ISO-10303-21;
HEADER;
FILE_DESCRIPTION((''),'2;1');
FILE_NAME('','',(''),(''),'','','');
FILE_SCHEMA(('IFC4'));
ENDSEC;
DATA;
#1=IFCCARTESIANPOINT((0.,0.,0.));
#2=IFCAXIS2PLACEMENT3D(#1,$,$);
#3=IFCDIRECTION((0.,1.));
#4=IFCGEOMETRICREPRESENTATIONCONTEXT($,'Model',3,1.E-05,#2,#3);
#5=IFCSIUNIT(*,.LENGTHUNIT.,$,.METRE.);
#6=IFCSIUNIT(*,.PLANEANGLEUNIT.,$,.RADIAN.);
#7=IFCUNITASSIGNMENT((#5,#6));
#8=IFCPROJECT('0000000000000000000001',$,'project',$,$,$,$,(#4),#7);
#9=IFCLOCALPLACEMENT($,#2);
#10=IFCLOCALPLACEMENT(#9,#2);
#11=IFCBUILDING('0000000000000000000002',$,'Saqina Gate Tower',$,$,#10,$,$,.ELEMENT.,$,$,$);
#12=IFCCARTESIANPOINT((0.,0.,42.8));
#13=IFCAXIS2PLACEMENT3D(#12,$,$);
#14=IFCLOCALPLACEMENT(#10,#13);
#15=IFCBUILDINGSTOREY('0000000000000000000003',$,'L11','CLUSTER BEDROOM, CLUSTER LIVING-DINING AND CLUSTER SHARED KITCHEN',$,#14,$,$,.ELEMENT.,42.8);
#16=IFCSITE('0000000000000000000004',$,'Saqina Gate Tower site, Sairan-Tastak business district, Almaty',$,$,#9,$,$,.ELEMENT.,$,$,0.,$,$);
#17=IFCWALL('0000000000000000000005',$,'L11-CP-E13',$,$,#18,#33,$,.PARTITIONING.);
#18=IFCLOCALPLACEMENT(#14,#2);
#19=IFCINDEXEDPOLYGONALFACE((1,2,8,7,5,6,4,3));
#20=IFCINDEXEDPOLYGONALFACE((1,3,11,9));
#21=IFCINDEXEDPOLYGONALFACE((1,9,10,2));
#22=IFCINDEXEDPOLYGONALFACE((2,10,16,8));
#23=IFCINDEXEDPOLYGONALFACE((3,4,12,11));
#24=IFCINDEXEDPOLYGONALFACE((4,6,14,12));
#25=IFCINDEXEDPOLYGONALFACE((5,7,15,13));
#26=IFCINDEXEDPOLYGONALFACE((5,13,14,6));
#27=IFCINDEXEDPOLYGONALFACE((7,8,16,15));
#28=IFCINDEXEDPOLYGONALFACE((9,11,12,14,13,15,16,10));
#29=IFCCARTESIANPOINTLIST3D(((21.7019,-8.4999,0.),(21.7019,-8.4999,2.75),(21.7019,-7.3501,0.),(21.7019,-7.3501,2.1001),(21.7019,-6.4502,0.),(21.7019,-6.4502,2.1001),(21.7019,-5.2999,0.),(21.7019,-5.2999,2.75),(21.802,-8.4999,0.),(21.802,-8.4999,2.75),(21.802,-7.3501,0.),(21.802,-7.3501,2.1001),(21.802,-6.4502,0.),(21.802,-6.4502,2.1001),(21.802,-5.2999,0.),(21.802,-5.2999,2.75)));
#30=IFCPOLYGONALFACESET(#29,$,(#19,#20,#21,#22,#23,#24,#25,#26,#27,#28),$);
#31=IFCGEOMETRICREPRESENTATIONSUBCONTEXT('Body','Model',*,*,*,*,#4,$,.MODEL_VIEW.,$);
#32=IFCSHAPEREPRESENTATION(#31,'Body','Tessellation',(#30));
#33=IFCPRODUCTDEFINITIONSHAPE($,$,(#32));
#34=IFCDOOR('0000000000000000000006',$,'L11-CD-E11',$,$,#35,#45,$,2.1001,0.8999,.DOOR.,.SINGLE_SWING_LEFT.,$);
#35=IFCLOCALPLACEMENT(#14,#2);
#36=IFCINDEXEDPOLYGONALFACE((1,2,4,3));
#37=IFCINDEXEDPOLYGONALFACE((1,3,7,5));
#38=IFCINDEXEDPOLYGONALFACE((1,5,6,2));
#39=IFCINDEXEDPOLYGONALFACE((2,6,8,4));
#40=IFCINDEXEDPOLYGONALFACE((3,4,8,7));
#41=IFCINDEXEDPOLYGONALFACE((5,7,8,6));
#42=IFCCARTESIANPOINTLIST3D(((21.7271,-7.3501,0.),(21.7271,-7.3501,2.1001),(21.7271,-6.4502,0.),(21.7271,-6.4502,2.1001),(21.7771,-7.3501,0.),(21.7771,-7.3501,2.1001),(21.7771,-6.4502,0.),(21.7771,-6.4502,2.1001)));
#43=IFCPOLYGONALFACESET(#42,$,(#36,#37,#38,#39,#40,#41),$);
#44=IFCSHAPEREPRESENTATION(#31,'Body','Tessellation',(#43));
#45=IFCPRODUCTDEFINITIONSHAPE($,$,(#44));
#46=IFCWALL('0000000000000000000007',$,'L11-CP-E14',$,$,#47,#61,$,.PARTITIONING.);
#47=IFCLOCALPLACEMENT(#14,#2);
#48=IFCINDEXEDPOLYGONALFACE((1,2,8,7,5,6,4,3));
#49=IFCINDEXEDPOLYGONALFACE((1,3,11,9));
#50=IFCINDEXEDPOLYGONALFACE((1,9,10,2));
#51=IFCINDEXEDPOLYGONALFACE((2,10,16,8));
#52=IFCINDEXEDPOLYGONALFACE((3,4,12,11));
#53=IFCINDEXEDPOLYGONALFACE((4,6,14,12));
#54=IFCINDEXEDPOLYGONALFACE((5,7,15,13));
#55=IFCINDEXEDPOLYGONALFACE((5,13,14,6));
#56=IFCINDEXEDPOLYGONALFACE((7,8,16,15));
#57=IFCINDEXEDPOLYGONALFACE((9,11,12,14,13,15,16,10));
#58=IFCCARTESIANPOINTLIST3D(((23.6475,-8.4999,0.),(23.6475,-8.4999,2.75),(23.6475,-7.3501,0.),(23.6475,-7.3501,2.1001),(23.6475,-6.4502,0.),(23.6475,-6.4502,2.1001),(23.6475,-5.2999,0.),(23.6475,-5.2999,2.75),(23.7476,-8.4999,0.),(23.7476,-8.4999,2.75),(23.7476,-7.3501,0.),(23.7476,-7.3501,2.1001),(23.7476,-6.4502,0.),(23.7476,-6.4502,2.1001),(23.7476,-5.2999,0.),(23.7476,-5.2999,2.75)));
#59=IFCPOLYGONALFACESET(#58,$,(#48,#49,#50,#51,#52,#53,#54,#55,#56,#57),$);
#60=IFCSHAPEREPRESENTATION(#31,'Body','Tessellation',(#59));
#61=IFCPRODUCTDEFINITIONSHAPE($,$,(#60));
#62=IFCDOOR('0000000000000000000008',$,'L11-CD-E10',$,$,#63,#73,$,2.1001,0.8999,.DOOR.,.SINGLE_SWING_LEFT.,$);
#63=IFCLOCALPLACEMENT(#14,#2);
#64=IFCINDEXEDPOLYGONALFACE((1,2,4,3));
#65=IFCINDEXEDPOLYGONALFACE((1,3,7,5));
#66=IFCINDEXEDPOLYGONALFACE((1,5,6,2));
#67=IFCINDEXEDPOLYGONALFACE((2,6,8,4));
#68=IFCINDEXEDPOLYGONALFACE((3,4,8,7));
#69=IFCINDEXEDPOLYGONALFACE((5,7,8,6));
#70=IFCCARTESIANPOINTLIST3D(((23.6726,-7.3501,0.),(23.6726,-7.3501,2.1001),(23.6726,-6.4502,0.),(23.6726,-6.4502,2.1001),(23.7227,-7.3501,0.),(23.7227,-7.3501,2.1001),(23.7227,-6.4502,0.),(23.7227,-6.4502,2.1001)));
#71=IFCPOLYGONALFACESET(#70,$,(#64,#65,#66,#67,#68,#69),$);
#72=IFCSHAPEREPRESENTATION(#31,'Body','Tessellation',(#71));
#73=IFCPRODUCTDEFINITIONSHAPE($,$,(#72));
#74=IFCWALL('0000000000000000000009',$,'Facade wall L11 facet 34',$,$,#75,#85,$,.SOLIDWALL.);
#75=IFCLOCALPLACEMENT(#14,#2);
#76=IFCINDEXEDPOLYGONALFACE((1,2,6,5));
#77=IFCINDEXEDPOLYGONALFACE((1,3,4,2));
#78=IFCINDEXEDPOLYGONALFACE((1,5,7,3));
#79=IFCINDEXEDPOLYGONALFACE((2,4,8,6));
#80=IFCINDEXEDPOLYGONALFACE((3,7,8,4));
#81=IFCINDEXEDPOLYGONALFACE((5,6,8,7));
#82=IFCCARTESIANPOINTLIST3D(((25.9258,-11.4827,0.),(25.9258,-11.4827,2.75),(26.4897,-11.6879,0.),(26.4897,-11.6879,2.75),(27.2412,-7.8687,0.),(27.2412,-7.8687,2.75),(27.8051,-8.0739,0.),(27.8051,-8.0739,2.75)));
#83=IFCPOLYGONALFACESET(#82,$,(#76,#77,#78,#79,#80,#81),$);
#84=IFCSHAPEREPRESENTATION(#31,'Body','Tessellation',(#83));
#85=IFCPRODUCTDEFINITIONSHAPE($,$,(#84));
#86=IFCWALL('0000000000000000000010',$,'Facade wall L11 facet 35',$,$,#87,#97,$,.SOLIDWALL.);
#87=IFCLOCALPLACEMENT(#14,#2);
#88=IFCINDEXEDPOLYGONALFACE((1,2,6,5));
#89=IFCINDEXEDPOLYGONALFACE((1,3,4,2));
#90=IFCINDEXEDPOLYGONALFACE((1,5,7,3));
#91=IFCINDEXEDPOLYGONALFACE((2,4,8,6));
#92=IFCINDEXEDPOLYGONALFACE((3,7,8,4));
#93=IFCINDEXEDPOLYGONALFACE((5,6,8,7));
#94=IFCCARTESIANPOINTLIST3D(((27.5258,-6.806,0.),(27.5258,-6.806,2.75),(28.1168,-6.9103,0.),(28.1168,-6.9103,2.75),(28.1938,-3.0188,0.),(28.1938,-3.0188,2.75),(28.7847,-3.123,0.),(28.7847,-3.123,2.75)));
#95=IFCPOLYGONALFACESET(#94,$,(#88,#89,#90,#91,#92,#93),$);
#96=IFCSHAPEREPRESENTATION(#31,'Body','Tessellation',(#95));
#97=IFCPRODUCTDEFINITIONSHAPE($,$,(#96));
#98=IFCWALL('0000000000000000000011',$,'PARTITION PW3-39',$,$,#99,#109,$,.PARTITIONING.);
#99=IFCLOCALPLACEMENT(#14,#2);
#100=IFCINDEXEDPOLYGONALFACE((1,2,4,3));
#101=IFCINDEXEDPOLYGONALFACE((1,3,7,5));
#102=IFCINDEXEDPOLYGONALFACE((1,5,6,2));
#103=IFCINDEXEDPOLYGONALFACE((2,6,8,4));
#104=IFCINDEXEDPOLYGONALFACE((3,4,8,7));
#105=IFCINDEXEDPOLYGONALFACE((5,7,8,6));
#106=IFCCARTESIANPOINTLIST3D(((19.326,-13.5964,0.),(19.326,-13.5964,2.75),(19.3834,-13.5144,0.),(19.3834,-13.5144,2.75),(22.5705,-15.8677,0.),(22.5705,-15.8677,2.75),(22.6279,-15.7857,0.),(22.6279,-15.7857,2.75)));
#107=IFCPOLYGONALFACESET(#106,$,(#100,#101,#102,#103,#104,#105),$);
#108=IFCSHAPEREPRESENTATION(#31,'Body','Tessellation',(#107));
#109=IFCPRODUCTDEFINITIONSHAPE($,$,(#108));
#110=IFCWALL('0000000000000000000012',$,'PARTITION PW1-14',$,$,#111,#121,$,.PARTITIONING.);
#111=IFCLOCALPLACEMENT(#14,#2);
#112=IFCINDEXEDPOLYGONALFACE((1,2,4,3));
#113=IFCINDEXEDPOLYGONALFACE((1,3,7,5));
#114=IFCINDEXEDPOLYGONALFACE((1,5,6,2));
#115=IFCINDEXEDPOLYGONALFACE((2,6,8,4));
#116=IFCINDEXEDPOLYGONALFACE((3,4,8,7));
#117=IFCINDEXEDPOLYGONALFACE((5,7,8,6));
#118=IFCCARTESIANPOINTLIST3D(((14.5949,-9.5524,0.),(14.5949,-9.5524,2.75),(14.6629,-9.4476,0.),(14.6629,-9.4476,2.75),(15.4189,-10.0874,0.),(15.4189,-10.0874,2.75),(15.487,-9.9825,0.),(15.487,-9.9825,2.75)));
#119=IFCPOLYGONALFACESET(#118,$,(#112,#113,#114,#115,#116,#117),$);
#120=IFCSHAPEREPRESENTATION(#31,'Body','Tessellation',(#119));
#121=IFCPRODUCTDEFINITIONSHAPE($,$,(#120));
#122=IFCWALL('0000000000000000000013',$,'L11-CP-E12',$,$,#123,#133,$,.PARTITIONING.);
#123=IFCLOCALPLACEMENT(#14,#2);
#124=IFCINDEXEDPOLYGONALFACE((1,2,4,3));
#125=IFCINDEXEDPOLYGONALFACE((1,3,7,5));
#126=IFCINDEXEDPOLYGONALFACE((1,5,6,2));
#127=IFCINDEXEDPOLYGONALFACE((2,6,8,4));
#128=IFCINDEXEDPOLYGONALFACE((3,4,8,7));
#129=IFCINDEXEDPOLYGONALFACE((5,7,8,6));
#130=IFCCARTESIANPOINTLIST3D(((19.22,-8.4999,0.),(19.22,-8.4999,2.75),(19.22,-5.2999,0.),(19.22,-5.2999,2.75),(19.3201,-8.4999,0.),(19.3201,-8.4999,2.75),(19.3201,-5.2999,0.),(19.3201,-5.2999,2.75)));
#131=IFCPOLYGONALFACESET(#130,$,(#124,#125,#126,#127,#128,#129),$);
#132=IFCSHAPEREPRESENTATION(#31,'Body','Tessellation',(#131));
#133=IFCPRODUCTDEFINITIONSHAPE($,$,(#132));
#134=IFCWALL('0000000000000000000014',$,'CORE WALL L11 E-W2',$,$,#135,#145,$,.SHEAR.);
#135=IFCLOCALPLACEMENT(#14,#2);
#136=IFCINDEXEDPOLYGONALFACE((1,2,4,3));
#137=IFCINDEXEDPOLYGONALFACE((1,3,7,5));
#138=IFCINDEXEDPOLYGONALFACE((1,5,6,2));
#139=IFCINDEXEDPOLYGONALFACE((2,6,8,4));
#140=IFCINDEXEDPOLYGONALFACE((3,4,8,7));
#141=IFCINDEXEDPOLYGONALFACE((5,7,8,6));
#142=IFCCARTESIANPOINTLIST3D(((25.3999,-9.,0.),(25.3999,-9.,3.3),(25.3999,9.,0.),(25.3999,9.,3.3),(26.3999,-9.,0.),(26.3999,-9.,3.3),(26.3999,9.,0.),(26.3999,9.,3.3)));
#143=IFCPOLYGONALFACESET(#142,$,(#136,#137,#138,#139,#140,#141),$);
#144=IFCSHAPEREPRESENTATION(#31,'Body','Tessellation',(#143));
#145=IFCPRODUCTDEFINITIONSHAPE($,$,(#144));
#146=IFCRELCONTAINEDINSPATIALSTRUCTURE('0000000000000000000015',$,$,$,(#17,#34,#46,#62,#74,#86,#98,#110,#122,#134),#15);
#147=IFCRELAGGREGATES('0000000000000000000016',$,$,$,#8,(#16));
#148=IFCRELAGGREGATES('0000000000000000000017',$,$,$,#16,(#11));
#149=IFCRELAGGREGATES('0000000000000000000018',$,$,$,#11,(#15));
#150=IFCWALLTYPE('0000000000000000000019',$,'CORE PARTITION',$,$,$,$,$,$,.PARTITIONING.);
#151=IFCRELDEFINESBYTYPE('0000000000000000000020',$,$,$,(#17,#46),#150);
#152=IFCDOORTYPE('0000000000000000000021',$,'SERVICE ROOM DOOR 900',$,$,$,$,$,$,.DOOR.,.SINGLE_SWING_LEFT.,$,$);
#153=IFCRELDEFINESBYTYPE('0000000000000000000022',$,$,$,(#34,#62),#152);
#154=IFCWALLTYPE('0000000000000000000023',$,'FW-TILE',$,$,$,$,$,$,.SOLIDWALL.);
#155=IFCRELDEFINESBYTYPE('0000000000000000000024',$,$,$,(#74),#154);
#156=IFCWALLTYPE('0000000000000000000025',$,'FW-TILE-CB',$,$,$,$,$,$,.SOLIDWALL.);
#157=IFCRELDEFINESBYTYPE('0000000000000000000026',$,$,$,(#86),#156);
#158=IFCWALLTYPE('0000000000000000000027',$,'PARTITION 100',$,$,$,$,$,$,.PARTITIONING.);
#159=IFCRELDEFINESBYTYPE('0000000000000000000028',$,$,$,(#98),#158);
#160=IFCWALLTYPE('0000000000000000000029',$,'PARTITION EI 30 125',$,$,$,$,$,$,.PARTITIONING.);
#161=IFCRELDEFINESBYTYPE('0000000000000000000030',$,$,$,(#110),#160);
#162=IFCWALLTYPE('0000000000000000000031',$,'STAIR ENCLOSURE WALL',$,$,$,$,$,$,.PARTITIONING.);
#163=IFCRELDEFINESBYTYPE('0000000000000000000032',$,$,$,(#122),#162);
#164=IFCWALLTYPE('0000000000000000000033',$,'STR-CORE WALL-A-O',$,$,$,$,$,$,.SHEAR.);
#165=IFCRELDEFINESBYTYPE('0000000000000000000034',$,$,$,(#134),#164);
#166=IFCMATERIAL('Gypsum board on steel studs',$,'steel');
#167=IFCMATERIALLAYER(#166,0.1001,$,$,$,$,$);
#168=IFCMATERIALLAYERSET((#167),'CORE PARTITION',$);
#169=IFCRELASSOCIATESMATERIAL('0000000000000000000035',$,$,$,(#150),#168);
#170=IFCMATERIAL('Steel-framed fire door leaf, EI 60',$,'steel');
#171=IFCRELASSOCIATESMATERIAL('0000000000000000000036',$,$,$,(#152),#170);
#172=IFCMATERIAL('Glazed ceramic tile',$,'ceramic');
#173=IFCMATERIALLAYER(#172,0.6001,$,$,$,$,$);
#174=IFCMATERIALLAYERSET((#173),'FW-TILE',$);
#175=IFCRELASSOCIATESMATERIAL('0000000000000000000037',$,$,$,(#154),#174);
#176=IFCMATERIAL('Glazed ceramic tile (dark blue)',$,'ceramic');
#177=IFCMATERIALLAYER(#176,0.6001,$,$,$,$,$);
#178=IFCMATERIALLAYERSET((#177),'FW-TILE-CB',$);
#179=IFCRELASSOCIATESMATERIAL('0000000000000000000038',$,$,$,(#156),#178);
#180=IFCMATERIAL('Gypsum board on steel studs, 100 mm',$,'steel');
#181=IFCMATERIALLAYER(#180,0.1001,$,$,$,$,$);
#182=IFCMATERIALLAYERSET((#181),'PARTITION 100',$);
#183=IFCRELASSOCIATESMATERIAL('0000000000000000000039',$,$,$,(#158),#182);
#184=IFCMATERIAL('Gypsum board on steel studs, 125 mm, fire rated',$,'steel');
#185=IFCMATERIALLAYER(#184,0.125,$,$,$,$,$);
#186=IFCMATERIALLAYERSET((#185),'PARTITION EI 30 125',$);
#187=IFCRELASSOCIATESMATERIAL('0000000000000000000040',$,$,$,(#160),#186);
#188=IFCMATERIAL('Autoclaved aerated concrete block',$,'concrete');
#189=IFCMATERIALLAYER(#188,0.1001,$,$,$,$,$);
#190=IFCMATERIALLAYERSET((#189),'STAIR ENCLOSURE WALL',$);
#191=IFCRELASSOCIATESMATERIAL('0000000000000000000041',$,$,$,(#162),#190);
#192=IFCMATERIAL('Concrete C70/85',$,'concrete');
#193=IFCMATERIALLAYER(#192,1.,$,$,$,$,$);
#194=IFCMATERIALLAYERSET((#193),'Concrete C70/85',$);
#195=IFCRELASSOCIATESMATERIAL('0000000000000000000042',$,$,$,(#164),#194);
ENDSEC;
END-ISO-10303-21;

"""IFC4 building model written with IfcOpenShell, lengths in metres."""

from ifc_helpers import new_model, si_unit, direction, frame, frame_2d, origin, place, context, subcontext, project, spatial, rectangle, extrude, material, layer, layer_set, type_object, element, fill, save


model = new_model("IFC4")

# Units and contexts
model_context = context("Model", 3, precision=1e-05, world=origin(), true_north=direction((0.0, 1.0)))
body_context = subcontext(model_context, "Body", "Model", "MODEL_VIEW")
ifc_project = project(units=[si_unit("LENGTHUNIT", "METRE"), si_unit("PLANEANGLEUNIT", "RADIAN")], contexts=[model_context])

# Site, building, storey
site_placement = place(None, origin())
site = spatial("IfcSite", under=ifc_project, at=site_placement, Name="Saqina Gate Tower site, Sairan-Tastak business district, Almaty", CompositionType="ELEMENT", RefElevation=0.0)
building_placement = place(site_placement, origin())
building = spatial("IfcBuilding", under=site, at=building_placement, Name="Saqina Gate Tower", CompositionType="ELEMENT")
storey_placement = place(building_placement, frame((0.0, 0.0, 42.8)))
storey = spatial("IfcBuildingStorey", under=building, at=storey_placement, Name="L11", Description="CLUSTER BEDROOM, CLUSTER LIVING-DINING AND CLUSTER SHARED KITCHEN", CompositionType="ELEMENT", Elevation=42.8)

# Walls, openings, doors
ifc_material_1 = material(Name="Gypsum board on steel studs", Category="steel")
ifc_layer_1 = layer(ifc_material_1, 0.1001)
ifc_layer_set_1 = layer_set([ifc_layer_1], Name="CORE PARTITION")
wall_type_1 = type_object("IfcWallType", Name="CORE PARTITION", PredefinedType="PARTITIONING", material=ifc_layer_set_1)
wall_1_placement = place(storey_placement, frame((21.752, -8.5, 0.0), z_axis=(0.0, 0.0, 1.0), x_axis=(0.0, 1.0, 0.0)))
wall_1 = element("IfcWall", 1, at=wall_1_placement, inside=storey, type_object=wall_type_1, Name="L11-CP-E13", PredefinedType="PARTITIONING", context=body_context, shape_type="SweptSolid", body=[
    extrude(rectangle(XDim=3.2, YDim=0.1001, at=frame_2d((1.6001, 0.0))), origin(), (0.0, 0.0, 1.0), 2.75),
])
opening_1_placement = place(wall_1_placement, frame((1.1499, 0.0, 0.0)))
opening_1 = element("IfcOpeningElement", 2, at=opening_1_placement, cuts=wall_1, PredefinedType="OPENING", context=body_context, shape_type="SweptSolid", body=[
    extrude(rectangle(XDim=0.8999, YDim=2.1001, at=frame_2d((0.45, 1.05))), frame((0.0, 0.062, 0.0), z_axis=(0.0, -1.0, 0.0), x_axis=(1.0, 0.0, 0.0)), (0.0, 0.0, 1.0), 0.124),
])
ifc_material_2 = material(Name="Steel-framed fire door leaf, EI 60", Category="steel")
door_type = type_object("IfcDoorType", Name="SERVICE ROOM DOOR 900", OperationType="SINGLE_SWING_LEFT", PredefinedType="DOOR", material=ifc_material_2)
door_1_placement = place(opening_1_placement, origin())
door_1 = element("IfcDoor", 3, at=door_1_placement, inside=storey, type_object=door_type, Name="L11-CD-E11", OperationType="SINGLE_SWING_LEFT", OverallHeight=2.1001, OverallWidth=0.8999, PredefinedType="DOOR", context=body_context, shape_type="SweptSolid", body=[
    extrude(rectangle(XDim=0.8999, YDim=2.1001, at=frame_2d((0.45, 1.05))), frame((0.0, 0.0249, 0.0), z_axis=(0.0, -1.0, 0.0), x_axis=(1.0, 0.0, 0.0)), (0.0, 0.0, 1.0), 0.05),
])
fill(opening_1, door_1)
wall_2_placement = place(storey_placement, frame((23.6975, -8.5, 0.0), z_axis=(0.0, 0.0, 1.0), x_axis=(0.0, 1.0, 0.0)))
wall_2 = element("IfcWall", 4, at=wall_2_placement, inside=storey, type_object=wall_type_1, Name="L11-CP-E14", PredefinedType="PARTITIONING", context=body_context, shape_type="SweptSolid", body=[
    extrude(rectangle(XDim=3.2, YDim=0.1001, at=frame_2d((1.6001, 0.0))), origin(), (0.0, 0.0, 1.0), 2.75),
])
opening_2_placement = place(wall_2_placement, frame((1.1499, 0.0, 0.0)))
opening_2 = element("IfcOpeningElement", 5, at=opening_2_placement, cuts=wall_2, PredefinedType="OPENING", context=body_context, shape_type="SweptSolid", body=[
    extrude(rectangle(XDim=0.8999, YDim=2.1001, at=frame_2d((0.45, 1.05))), frame((0.0, 0.062, 0.0), z_axis=(0.0, -1.0, 0.0), x_axis=(1.0, 0.0, 0.0)), (0.0, 0.0, 1.0), 0.124),
])
door_2_placement = place(opening_2_placement, origin())
door_2 = element("IfcDoor", 6, at=door_2_placement, inside=storey, type_object=door_type, Name="L11-CD-E10", OperationType="SINGLE_SWING_LEFT", OverallHeight=2.1001, OverallWidth=0.8999, PredefinedType="DOOR", context=body_context, shape_type="SweptSolid", body=[
    extrude(rectangle(XDim=0.8999, YDim=2.1001, at=frame_2d((0.45, 1.05))), frame((0.0, 0.0249, 0.0), z_axis=(0.0, -1.0, 0.0), x_axis=(1.0, 0.0, 0.0)), (0.0, 0.0, 1.0), 0.05),
])
fill(opening_2, door_2)

# Walls
ifc_material_3 = material(Name="Glazed ceramic tile", Category="ceramic")
ifc_layer_2 = layer(ifc_material_3, 0.6001)
ifc_layer_set_2 = layer_set([ifc_layer_2], Name="FW-TILE")
wall_type_2 = type_object("IfcWallType", Name="FW-TILE", PredefinedType="SOLIDWALL", material=ifc_layer_set_2)
wall_3_placement = place(storey_placement, frame((26.2078, -11.5852, 0.0), z_axis=(0.0, 0.0, 1.0), x_axis=(0.342028, 0.93969, 0.0)))
element("IfcWall", 7, at=wall_3_placement, inside=storey, type_object=wall_type_2, Name="Facade wall L11 facet 34", PredefinedType="SOLIDWALL", context=body_context, shape_type="SweptSolid", body=[
    extrude(rectangle(XDim=3.8459, YDim=0.6001, at=frame_2d((1.9229, 0.0))), origin(), (0.0, 0.0, 1.0), 2.75),
])
ifc_material_4 = material(Name="Glazed ceramic tile (dark blue)", Category="ceramic")
ifc_layer_3 = layer(ifc_material_4, 0.6001)
ifc_layer_set_3 = layer_set([ifc_layer_3], Name="FW-TILE-CB")
wall_type_3 = type_object("IfcWallType", Name="FW-TILE-CB", PredefinedType="SOLIDWALL", material=ifc_layer_set_3)
wall_4_placement = place(storey_placement, frame((27.8213, -6.8582, 0.0), z_axis=(0.0, 0.0, 1.0), x_axis=(0.173688, 0.984801, 0.0)))
element("IfcWall", 8, at=wall_4_placement, inside=storey, type_object=wall_type_3, Name="Facade wall L11 facet 35", PredefinedType="SOLIDWALL", context=body_context, shape_type="SweptSolid", body=[
    extrude(rectangle(XDim=3.8457, YDim=0.6001, at=frame_2d((1.9229, 0.0))), origin(), (0.0, 0.0, 1.0), 2.75),
])
ifc_material_5 = material(Name="Gypsum board on steel studs, 100 mm", Category="steel")
ifc_layer_4 = layer(ifc_material_5, 0.1001)
ifc_layer_set_4 = layer_set([ifc_layer_4], Name="PARTITION 100")
wall_type_4 = type_object("IfcWallType", Name="PARTITION 100", PredefinedType="PARTITIONING", material=ifc_layer_set_4)
wall_5_placement = place(storey_placement, frame((19.3547, -13.5554, 0.0), z_axis=(0.0, 0.0, 1.0), x_axis=(0.819212, -0.573491, 0.0)))
element("IfcWall", 9, at=wall_5_placement, inside=storey, type_object=wall_type_4, Name="PARTITION PW3-39", PredefinedType="PARTITIONING", context=body_context, shape_type="SweptSolid", body=[
    extrude(rectangle(XDim=3.9604, YDim=0.1001, at=frame_2d((1.9802, 0.0))), origin(), (0.0, 0.0, 1.0), 2.75),
])
ifc_material_6 = material(Name="Gypsum board on steel studs, 125 mm, fire rated", Category="steel")
ifc_layer_5 = layer(ifc_material_6, 0.125)
ifc_layer_set_5 = layer_set([ifc_layer_5], Name="PARTITION EI 30 125")
wall_type_5 = type_object("IfcWallType", Name="PARTITION EI 30 125", PredefinedType="PARTITIONING", material=ifc_layer_set_5)
wall_6_placement = place(storey_placement, frame((14.6289, -9.5, 0.0), z_axis=(0.0, 0.0, 1.0), x_axis=(0.838756, -0.544508, 0.0)))
element("IfcWall", 10, at=wall_6_placement, inside=storey, type_object=wall_type_5, Name="PARTITION PW1-14", PredefinedType="PARTITIONING", context=body_context, shape_type="SweptSolid", body=[
    extrude(rectangle(XDim=0.9824, YDim=0.125, at=frame_2d((0.4912, 0.0))), origin(), (0.0, 0.0, 1.0), 2.75),
])
ifc_material_7 = material(Name="Autoclaved aerated concrete block", Category="concrete")
ifc_layer_6 = layer(ifc_material_7, 0.1001)
ifc_layer_set_6 = layer_set([ifc_layer_6], Name="STAIR ENCLOSURE WALL")
wall_type_6 = type_object("IfcWallType", Name="STAIR ENCLOSURE WALL", PredefinedType="PARTITIONING", material=ifc_layer_set_6)
wall_7_placement = place(storey_placement, frame((19.27, -8.5, 0.0), z_axis=(0.0, 0.0, 1.0), x_axis=(0.0, 1.0, 0.0)))
element("IfcWall", 11, at=wall_7_placement, inside=storey, type_object=wall_type_6, Name="L11-CP-E12", PredefinedType="PARTITIONING", context=body_context, shape_type="SweptSolid", body=[
    extrude(rectangle(XDim=3.2, YDim=0.1001, at=frame_2d((1.6001, 0.0))), origin(), (0.0, 0.0, 1.0), 2.75),
])
ifc_material_8 = material(Name="Concrete C70/85", Category="concrete")
ifc_layer_7 = layer(ifc_material_8, 1.0)
ifc_layer_set_7 = layer_set([ifc_layer_7], Name="Concrete C70/85")
wall_type_7 = type_object("IfcWallType", Name="STR-CORE WALL-A-O", PredefinedType="SHEAR", material=ifc_layer_set_7)
wall_8_placement = place(storey_placement, frame((25.8999, -9.0, 0.0), z_axis=(0.0, 0.0, 1.0), x_axis=(0.0, 1.0, 0.0)))
element("IfcWall", 12, at=wall_8_placement, inside=storey, type_object=wall_type_7, Name="CORE WALL L11 E-W2", PredefinedType="SHEAR", context=body_context, shape_type="SweptSolid", body=[
    extrude(rectangle(XDim=18.0, YDim=1.0, at=frame_2d((9.0, 0.0))), origin(), (0.0, 0.0, 1.0), 3.3),
])

save(model, "model.ifc")
